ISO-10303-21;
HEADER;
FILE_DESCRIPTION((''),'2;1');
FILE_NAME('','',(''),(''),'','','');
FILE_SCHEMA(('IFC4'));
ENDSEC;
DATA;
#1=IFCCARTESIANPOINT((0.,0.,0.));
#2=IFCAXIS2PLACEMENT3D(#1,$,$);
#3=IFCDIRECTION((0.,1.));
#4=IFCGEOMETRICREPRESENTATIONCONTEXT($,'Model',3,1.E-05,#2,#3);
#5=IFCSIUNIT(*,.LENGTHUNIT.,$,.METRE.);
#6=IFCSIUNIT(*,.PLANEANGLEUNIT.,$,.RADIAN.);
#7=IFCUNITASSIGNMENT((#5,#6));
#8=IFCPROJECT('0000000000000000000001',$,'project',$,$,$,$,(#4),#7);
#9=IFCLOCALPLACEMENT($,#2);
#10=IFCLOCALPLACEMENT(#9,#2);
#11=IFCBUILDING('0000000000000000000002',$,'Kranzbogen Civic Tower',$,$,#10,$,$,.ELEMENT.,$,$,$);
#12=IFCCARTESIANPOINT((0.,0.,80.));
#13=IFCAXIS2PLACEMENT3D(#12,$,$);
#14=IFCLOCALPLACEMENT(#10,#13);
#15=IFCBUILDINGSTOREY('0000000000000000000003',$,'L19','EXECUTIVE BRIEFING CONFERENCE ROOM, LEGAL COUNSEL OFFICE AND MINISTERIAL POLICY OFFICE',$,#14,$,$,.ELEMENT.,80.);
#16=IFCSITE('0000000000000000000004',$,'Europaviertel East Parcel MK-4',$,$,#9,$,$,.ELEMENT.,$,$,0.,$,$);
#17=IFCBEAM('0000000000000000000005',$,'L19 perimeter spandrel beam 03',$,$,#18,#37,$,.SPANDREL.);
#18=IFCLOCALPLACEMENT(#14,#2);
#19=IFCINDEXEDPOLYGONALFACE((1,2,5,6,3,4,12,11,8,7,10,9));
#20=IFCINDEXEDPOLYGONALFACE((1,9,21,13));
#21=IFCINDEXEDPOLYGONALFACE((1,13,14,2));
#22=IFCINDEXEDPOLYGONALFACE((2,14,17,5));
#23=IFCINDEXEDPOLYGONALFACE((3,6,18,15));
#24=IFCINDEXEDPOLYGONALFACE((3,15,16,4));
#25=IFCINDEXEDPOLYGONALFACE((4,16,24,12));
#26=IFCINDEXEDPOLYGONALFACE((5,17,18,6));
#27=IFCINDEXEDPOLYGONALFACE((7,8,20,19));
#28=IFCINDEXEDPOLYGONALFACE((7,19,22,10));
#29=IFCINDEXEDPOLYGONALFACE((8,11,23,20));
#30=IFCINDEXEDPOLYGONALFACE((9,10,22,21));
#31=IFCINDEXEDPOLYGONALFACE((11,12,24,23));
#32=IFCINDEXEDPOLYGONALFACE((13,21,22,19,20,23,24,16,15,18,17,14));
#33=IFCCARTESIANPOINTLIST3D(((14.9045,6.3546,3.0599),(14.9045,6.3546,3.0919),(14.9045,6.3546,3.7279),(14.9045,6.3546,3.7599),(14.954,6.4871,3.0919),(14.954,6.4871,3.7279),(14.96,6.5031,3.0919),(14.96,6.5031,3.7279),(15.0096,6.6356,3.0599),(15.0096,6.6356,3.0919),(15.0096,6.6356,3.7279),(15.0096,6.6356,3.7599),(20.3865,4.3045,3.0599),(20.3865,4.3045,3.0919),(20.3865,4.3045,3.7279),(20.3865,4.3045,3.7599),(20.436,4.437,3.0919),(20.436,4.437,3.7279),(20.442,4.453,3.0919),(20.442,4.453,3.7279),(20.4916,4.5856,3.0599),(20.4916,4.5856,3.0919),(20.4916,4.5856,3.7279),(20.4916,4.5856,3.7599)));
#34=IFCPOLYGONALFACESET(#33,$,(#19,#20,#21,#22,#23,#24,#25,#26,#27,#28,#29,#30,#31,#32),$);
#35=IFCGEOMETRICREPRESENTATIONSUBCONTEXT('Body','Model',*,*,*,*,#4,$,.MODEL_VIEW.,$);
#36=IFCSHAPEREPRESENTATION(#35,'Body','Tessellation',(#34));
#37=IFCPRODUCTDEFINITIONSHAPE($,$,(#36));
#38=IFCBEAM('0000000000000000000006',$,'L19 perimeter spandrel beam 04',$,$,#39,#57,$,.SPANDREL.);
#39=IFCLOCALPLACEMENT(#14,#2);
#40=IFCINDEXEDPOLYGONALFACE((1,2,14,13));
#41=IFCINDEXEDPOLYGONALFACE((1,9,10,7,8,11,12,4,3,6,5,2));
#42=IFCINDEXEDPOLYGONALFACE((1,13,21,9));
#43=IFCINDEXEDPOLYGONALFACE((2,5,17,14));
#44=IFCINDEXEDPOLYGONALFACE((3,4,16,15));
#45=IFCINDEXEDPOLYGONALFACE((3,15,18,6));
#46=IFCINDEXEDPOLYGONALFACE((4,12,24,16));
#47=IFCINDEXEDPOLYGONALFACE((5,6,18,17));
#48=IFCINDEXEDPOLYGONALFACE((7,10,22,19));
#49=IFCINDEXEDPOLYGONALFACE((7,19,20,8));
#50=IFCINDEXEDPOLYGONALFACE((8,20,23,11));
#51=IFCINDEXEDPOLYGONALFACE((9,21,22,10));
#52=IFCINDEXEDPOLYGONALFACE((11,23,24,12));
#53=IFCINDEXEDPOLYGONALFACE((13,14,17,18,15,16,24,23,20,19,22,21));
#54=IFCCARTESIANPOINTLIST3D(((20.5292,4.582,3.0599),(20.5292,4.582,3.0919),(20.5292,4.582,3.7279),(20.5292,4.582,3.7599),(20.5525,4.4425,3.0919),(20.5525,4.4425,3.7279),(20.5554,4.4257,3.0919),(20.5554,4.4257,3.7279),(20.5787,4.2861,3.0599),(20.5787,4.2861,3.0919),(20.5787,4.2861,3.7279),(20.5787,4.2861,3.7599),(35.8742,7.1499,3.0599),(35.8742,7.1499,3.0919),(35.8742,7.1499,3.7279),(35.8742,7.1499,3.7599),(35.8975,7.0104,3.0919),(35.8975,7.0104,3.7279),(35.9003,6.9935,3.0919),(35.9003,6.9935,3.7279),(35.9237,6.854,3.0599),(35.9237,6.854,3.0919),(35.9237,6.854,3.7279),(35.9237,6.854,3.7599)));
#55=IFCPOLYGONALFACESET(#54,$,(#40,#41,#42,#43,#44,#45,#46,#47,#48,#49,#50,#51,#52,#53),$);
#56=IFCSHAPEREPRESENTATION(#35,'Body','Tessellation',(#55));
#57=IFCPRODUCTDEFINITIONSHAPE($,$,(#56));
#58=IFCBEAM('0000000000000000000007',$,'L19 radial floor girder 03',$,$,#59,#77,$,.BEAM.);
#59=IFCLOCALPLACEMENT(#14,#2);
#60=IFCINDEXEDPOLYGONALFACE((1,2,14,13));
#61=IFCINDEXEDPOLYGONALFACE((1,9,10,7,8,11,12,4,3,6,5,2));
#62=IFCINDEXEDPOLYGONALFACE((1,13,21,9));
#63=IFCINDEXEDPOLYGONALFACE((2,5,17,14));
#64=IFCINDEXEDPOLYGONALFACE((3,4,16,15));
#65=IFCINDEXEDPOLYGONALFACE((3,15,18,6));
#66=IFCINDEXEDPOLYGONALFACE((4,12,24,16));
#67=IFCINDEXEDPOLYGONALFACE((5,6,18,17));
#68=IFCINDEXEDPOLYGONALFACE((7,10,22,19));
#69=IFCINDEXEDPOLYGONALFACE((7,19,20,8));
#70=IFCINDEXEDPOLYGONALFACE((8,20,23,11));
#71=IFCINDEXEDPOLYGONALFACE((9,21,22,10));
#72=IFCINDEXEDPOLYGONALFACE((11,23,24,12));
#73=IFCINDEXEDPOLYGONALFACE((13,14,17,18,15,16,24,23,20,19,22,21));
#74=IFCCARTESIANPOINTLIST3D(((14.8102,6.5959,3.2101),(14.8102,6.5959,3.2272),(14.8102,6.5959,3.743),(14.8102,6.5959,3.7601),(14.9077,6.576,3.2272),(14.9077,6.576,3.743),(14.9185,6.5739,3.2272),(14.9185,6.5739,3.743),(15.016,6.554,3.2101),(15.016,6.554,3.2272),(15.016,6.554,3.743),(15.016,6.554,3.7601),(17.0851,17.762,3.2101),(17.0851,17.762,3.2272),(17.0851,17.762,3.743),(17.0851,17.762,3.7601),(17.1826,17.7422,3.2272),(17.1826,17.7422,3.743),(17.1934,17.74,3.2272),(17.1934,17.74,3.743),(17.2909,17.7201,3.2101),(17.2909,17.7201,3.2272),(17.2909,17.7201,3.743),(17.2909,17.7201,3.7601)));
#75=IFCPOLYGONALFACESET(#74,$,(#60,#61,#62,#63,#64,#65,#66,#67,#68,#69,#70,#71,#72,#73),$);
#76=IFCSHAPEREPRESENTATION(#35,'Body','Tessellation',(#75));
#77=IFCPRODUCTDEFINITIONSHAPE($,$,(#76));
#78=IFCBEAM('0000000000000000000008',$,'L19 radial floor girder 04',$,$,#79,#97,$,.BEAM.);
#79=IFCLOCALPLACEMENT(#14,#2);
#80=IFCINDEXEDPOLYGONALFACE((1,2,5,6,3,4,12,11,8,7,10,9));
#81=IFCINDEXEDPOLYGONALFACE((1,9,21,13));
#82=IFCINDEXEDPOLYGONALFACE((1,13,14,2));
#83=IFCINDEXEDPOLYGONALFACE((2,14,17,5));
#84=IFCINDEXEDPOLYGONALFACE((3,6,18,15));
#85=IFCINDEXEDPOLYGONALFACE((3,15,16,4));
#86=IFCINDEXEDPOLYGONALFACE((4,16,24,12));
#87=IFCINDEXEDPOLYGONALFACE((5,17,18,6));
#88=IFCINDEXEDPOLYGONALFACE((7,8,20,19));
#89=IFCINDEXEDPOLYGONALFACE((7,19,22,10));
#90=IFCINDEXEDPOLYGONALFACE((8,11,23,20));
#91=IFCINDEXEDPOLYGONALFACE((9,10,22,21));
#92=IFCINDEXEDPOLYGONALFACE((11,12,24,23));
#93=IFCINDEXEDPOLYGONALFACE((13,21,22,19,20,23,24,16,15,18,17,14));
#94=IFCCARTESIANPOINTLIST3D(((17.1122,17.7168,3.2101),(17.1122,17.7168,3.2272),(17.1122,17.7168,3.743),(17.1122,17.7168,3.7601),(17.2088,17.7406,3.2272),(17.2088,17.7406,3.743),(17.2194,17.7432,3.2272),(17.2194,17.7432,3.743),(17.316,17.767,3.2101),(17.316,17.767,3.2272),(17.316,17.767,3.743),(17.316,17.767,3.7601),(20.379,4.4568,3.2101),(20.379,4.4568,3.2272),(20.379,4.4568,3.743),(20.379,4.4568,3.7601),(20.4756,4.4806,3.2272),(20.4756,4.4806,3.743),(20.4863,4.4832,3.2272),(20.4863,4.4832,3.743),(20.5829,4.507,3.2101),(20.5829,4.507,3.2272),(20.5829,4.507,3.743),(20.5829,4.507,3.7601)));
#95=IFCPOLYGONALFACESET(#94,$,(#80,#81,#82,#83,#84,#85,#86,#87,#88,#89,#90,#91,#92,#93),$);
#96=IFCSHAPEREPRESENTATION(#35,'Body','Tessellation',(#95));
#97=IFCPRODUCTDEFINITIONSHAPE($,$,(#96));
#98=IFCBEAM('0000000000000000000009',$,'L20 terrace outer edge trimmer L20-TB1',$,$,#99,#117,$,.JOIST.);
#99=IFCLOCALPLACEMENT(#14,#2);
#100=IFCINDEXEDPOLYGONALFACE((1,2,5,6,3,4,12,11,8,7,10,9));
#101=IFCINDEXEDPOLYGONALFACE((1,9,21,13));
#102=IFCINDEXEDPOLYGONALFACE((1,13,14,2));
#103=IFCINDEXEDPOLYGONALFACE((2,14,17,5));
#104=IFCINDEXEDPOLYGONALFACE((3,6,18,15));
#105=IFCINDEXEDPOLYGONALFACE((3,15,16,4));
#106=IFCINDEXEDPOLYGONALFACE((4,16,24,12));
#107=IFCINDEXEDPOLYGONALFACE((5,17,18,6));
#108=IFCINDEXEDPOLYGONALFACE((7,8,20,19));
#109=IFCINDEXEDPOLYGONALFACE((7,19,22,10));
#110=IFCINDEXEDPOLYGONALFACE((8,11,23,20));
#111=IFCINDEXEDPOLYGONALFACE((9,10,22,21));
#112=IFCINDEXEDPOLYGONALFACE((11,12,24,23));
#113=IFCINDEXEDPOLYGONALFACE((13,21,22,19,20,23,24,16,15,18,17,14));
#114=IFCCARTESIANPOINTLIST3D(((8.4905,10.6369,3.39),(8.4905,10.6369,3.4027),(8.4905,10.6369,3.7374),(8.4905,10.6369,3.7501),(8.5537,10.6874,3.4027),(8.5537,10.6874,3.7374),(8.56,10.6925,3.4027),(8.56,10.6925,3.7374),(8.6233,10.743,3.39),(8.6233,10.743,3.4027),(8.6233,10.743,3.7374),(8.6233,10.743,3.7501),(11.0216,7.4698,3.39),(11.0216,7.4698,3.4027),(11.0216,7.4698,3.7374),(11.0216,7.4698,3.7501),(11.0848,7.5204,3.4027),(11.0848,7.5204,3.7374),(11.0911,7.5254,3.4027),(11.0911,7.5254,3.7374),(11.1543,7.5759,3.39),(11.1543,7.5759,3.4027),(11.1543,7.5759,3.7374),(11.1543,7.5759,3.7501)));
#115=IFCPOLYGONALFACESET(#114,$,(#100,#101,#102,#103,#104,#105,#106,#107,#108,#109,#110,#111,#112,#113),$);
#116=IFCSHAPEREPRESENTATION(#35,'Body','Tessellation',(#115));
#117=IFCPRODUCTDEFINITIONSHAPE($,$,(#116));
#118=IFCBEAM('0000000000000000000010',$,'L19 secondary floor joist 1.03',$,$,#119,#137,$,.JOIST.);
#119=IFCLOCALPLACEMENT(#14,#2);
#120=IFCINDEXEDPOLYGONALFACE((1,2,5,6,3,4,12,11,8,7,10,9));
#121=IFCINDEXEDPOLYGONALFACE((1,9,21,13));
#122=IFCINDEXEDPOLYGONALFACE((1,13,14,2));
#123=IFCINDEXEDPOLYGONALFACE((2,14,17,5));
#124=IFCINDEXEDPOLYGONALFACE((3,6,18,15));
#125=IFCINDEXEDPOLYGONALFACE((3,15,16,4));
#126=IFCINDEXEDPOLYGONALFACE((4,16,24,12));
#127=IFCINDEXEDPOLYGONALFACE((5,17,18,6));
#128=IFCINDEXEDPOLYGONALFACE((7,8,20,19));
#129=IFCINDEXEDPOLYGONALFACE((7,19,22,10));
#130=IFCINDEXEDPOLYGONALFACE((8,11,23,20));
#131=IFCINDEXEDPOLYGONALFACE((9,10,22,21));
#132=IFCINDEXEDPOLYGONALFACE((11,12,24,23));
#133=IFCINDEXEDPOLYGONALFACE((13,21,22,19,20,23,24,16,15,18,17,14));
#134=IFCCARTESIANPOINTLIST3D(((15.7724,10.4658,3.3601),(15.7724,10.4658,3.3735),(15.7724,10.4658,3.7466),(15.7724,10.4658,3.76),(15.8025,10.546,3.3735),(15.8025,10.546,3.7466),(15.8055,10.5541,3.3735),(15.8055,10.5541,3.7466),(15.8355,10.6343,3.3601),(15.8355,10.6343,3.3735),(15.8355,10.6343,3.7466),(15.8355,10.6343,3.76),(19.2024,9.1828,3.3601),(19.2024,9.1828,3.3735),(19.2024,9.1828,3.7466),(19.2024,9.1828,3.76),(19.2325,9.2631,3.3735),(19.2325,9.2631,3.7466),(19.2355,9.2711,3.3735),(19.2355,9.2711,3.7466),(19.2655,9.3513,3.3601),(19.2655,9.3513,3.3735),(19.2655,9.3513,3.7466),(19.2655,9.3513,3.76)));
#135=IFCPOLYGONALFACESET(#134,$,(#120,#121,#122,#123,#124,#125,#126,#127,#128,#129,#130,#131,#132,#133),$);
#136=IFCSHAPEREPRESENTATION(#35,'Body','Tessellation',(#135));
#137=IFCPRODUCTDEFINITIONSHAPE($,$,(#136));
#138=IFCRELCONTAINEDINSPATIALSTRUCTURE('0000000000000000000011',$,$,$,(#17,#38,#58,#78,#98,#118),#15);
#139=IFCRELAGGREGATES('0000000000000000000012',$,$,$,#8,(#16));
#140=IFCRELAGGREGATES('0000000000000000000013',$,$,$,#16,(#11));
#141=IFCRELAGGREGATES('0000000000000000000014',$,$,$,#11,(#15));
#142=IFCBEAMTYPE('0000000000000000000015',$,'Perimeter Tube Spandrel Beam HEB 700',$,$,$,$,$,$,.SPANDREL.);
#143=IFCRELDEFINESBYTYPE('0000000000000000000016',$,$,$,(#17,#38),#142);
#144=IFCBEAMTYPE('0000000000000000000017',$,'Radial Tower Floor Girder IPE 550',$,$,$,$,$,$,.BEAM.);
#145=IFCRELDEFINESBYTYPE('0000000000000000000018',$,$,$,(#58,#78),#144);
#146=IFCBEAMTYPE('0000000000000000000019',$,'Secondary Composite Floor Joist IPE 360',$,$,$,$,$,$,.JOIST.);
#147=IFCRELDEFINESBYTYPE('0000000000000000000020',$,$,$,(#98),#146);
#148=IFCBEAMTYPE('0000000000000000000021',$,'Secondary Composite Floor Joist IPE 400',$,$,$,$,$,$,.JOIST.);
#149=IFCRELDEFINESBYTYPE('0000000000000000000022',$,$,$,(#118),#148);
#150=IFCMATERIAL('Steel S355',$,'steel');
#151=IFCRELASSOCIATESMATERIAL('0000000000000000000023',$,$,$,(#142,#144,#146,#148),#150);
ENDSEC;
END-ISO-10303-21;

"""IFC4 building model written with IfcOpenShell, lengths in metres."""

from ifc_helpers import new_model, si_unit, direction, frame, origin, origin_2d, place, context, subcontext, project, spatial, i_section, extrude, material, material_profile, profile_set, type_object, element, save


model = new_model("IFC4")

# Units and contexts
model_context = context("Model", 3, precision=1e-05, world=origin(), true_north=direction((0.0, 1.0)))
body_context = subcontext(model_context, "Body", "Model", "MODEL_VIEW")
ifc_project = project(units=[si_unit("LENGTHUNIT", "METRE"), si_unit("PLANEANGLEUNIT", "RADIAN")], contexts=[model_context])

# Site, building, storey
site_placement = place(None, origin())
site = spatial("IfcSite", under=ifc_project, at=site_placement, Name="Europaviertel East Parcel MK-4", CompositionType="ELEMENT", RefElevation=0.0)
building_placement = place(site_placement, origin())
building = spatial("IfcBuilding", under=site, at=building_placement, Name="Kranzbogen Civic Tower", CompositionType="ELEMENT")
storey_placement = place(building_placement, frame((0.0, 0.0, 80.0)))
storey = spatial("IfcBuildingStorey", under=building, at=storey_placement, Name="L19", Description="EXECUTIVE BRIEFING CONFERENCE ROOM, LEGAL COUNSEL OFFICE AND MINISTERIAL POLICY OFFICE", CompositionType="ELEMENT", Elevation=80.0)

# Shared definitions
ifc_material_1 = material(Name="Steel S355", Category="steel")

# Beams
ifc_material_profile_1 = material_profile(ifc_material_1, i_section(OverallWidth=0.3, OverallDepth=0.7, WebThickness=0.0171, FlangeThickness=0.032, at=origin_2d()), Name="HEB 700")
ifc_profile_set_1 = profile_set([ifc_material_profile_1], Name="Steel S355")
beam_type_1 = type_object("IfcBeamType", Name="Perimeter Tube Spandrel Beam HEB 700", PredefinedType="SPANDREL", material=ifc_profile_set_1)
beam_1_placement = place(storey_placement, frame((14.957, 6.4951, 3.4099), z_axis=(0.936648, -0.350273, 0.0), x_axis=(0.350273, 0.936648, 0.0)))
element("IfcBeam", 1, at=beam_1_placement, inside=storey, type_object=beam_type_1, Name="L19 perimeter spandrel beam 03", PredefinedType="SPANDREL", context=body_context, shape_type="SweptSolid", body=[
    extrude(i_section(OverallWidth=0.3, OverallDepth=0.7, WebThickness=0.0171, FlangeThickness=0.032, at=origin_2d()), origin(), (0.0, 0.0, 1.0), 5.8528),
])
beam_2_placement = place(storey_placement, frame((20.554, 4.4341, 3.4099), z_axis=(0.986286, 0.165048, 0.0), x_axis=(-0.165048, 0.986286, 0.0)))
element("IfcBeam", 2, at=beam_2_placement, inside=storey, type_object=beam_type_1, Name="L19 perimeter spandrel beam 04", PredefinedType="SPANDREL", context=body_context, shape_type="SweptSolid", body=[
    extrude(i_section(OverallWidth=0.3, OverallDepth=0.7, WebThickness=0.0171, FlangeThickness=0.032, at=origin_2d()), origin(), (0.0, 0.0, 1.0), 15.5583),
])
ifc_material_profile_2 = material_profile(ifc_material_1, i_section(OverallWidth=0.21, OverallDepth=0.55, WebThickness=0.011, FlangeThickness=0.0171, at=origin_2d()), Name="IPE 550")
ifc_profile_set_2 = profile_set([ifc_material_profile_2], Name="Steel S355")
beam_type_2 = type_object("IfcBeamType", Name="Radial Tower Floor Girder IPE 550", PredefinedType="BEAM", material=ifc_profile_set_2)
beam_3_placement = place(storey_placement, frame((14.9131, 6.575, 3.4851), z_axis=(0.199633, 0.979871, 0.0), x_axis=(-0.979871, 0.199633, 0.0)))
element("IfcBeam", 3, at=beam_3_placement, inside=storey, type_object=beam_type_2, Name="L19 radial floor girder 03", PredefinedType="BEAM", context=body_context, shape_type="SweptSolid", body=[
    extrude(i_section(OverallWidth=0.21, OverallDepth=0.55, WebThickness=0.011, FlangeThickness=0.0171, at=origin_2d()), origin(), (0.0, 0.0, 1.0), 11.3955),
])
beam_4_placement = place(storey_placement, frame((20.481, 4.4819, 3.4851), z_axis=(-0.239215, 0.970967, 0.0), x_axis=(-0.970967, -0.239215, 0.0)))
element("IfcBeam", 4, at=beam_4_placement, inside=storey, type_object=beam_type_2, Name="L19 radial floor girder 04", PredefinedType="BEAM", context=body_context, shape_type="SweptSolid", body=[
    extrude(i_section(OverallWidth=0.21, OverallDepth=0.55, WebThickness=0.011, FlangeThickness=0.0171, at=origin_2d()), origin(), (0.0, 0.0, 1.0), 13.6565),
])
ifc_material_profile_3 = material_profile(ifc_material_1, i_section(OverallWidth=0.1699, OverallDepth=0.3601, WebThickness=0.0081, FlangeThickness=0.0127, at=origin_2d()), Name="IPE 360")
ifc_profile_set_3 = profile_set([ifc_material_profile_3], Name="Steel S355")
beam_type_3 = type_object("IfcBeamType", Name="Secondary Composite Floor Joist IPE 360", PredefinedType="JOIST", material=ifc_profile_set_3)
beam_5_placement = place(storey_placement, frame((8.5569, 10.6899, 3.5701), z_axis=(0.624306, -0.78118, 0.0), x_axis=(0.78118, 0.624306, 0.0)))
element("IfcBeam", 5, at=beam_5_placement, inside=storey, type_object=beam_type_3, Name="L20 terrace outer edge trimmer L20-TB1", PredefinedType="JOIST", context=body_context, shape_type="SweptSolid", body=[
    extrude(i_section(OverallWidth=0.1699, OverallDepth=0.3601, WebThickness=0.0081, FlangeThickness=0.0127, at=origin_2d()), origin(), (0.0, 0.0, 1.0), 4.0542),
])
ifc_material_profile_4 = material_profile(ifc_material_1, i_section(OverallWidth=0.1799, OverallDepth=0.3999, WebThickness=0.0085, FlangeThickness=0.0134, at=origin_2d()), Name="IPE 400")
ifc_profile_set_4 = profile_set([ifc_material_profile_4], Name="Steel S355")
beam_type_4 = type_object("IfcBeamType", Name="Secondary Composite Floor Joist IPE 400", PredefinedType="JOIST", material=ifc_profile_set_4)
beam_6_placement = place(storey_placement, frame((15.804, 10.55, 3.5601), z_axis=(0.936622, -0.350342, 0.0), x_axis=(0.350342, 0.936622, 0.0)))
element("IfcBeam", 6, at=beam_6_placement, inside=storey, type_object=beam_type_4, Name="L19 secondary floor joist 1.03", PredefinedType="JOIST", context=body_context, shape_type="SweptSolid", body=[
    extrude(i_section(OverallWidth=0.1799, OverallDepth=0.3999, WebThickness=0.0085, FlangeThickness=0.0134, at=origin_2d()), origin(), (0.0, 0.0, 1.0), 3.6621),
])

save(model, "model.ifc")
